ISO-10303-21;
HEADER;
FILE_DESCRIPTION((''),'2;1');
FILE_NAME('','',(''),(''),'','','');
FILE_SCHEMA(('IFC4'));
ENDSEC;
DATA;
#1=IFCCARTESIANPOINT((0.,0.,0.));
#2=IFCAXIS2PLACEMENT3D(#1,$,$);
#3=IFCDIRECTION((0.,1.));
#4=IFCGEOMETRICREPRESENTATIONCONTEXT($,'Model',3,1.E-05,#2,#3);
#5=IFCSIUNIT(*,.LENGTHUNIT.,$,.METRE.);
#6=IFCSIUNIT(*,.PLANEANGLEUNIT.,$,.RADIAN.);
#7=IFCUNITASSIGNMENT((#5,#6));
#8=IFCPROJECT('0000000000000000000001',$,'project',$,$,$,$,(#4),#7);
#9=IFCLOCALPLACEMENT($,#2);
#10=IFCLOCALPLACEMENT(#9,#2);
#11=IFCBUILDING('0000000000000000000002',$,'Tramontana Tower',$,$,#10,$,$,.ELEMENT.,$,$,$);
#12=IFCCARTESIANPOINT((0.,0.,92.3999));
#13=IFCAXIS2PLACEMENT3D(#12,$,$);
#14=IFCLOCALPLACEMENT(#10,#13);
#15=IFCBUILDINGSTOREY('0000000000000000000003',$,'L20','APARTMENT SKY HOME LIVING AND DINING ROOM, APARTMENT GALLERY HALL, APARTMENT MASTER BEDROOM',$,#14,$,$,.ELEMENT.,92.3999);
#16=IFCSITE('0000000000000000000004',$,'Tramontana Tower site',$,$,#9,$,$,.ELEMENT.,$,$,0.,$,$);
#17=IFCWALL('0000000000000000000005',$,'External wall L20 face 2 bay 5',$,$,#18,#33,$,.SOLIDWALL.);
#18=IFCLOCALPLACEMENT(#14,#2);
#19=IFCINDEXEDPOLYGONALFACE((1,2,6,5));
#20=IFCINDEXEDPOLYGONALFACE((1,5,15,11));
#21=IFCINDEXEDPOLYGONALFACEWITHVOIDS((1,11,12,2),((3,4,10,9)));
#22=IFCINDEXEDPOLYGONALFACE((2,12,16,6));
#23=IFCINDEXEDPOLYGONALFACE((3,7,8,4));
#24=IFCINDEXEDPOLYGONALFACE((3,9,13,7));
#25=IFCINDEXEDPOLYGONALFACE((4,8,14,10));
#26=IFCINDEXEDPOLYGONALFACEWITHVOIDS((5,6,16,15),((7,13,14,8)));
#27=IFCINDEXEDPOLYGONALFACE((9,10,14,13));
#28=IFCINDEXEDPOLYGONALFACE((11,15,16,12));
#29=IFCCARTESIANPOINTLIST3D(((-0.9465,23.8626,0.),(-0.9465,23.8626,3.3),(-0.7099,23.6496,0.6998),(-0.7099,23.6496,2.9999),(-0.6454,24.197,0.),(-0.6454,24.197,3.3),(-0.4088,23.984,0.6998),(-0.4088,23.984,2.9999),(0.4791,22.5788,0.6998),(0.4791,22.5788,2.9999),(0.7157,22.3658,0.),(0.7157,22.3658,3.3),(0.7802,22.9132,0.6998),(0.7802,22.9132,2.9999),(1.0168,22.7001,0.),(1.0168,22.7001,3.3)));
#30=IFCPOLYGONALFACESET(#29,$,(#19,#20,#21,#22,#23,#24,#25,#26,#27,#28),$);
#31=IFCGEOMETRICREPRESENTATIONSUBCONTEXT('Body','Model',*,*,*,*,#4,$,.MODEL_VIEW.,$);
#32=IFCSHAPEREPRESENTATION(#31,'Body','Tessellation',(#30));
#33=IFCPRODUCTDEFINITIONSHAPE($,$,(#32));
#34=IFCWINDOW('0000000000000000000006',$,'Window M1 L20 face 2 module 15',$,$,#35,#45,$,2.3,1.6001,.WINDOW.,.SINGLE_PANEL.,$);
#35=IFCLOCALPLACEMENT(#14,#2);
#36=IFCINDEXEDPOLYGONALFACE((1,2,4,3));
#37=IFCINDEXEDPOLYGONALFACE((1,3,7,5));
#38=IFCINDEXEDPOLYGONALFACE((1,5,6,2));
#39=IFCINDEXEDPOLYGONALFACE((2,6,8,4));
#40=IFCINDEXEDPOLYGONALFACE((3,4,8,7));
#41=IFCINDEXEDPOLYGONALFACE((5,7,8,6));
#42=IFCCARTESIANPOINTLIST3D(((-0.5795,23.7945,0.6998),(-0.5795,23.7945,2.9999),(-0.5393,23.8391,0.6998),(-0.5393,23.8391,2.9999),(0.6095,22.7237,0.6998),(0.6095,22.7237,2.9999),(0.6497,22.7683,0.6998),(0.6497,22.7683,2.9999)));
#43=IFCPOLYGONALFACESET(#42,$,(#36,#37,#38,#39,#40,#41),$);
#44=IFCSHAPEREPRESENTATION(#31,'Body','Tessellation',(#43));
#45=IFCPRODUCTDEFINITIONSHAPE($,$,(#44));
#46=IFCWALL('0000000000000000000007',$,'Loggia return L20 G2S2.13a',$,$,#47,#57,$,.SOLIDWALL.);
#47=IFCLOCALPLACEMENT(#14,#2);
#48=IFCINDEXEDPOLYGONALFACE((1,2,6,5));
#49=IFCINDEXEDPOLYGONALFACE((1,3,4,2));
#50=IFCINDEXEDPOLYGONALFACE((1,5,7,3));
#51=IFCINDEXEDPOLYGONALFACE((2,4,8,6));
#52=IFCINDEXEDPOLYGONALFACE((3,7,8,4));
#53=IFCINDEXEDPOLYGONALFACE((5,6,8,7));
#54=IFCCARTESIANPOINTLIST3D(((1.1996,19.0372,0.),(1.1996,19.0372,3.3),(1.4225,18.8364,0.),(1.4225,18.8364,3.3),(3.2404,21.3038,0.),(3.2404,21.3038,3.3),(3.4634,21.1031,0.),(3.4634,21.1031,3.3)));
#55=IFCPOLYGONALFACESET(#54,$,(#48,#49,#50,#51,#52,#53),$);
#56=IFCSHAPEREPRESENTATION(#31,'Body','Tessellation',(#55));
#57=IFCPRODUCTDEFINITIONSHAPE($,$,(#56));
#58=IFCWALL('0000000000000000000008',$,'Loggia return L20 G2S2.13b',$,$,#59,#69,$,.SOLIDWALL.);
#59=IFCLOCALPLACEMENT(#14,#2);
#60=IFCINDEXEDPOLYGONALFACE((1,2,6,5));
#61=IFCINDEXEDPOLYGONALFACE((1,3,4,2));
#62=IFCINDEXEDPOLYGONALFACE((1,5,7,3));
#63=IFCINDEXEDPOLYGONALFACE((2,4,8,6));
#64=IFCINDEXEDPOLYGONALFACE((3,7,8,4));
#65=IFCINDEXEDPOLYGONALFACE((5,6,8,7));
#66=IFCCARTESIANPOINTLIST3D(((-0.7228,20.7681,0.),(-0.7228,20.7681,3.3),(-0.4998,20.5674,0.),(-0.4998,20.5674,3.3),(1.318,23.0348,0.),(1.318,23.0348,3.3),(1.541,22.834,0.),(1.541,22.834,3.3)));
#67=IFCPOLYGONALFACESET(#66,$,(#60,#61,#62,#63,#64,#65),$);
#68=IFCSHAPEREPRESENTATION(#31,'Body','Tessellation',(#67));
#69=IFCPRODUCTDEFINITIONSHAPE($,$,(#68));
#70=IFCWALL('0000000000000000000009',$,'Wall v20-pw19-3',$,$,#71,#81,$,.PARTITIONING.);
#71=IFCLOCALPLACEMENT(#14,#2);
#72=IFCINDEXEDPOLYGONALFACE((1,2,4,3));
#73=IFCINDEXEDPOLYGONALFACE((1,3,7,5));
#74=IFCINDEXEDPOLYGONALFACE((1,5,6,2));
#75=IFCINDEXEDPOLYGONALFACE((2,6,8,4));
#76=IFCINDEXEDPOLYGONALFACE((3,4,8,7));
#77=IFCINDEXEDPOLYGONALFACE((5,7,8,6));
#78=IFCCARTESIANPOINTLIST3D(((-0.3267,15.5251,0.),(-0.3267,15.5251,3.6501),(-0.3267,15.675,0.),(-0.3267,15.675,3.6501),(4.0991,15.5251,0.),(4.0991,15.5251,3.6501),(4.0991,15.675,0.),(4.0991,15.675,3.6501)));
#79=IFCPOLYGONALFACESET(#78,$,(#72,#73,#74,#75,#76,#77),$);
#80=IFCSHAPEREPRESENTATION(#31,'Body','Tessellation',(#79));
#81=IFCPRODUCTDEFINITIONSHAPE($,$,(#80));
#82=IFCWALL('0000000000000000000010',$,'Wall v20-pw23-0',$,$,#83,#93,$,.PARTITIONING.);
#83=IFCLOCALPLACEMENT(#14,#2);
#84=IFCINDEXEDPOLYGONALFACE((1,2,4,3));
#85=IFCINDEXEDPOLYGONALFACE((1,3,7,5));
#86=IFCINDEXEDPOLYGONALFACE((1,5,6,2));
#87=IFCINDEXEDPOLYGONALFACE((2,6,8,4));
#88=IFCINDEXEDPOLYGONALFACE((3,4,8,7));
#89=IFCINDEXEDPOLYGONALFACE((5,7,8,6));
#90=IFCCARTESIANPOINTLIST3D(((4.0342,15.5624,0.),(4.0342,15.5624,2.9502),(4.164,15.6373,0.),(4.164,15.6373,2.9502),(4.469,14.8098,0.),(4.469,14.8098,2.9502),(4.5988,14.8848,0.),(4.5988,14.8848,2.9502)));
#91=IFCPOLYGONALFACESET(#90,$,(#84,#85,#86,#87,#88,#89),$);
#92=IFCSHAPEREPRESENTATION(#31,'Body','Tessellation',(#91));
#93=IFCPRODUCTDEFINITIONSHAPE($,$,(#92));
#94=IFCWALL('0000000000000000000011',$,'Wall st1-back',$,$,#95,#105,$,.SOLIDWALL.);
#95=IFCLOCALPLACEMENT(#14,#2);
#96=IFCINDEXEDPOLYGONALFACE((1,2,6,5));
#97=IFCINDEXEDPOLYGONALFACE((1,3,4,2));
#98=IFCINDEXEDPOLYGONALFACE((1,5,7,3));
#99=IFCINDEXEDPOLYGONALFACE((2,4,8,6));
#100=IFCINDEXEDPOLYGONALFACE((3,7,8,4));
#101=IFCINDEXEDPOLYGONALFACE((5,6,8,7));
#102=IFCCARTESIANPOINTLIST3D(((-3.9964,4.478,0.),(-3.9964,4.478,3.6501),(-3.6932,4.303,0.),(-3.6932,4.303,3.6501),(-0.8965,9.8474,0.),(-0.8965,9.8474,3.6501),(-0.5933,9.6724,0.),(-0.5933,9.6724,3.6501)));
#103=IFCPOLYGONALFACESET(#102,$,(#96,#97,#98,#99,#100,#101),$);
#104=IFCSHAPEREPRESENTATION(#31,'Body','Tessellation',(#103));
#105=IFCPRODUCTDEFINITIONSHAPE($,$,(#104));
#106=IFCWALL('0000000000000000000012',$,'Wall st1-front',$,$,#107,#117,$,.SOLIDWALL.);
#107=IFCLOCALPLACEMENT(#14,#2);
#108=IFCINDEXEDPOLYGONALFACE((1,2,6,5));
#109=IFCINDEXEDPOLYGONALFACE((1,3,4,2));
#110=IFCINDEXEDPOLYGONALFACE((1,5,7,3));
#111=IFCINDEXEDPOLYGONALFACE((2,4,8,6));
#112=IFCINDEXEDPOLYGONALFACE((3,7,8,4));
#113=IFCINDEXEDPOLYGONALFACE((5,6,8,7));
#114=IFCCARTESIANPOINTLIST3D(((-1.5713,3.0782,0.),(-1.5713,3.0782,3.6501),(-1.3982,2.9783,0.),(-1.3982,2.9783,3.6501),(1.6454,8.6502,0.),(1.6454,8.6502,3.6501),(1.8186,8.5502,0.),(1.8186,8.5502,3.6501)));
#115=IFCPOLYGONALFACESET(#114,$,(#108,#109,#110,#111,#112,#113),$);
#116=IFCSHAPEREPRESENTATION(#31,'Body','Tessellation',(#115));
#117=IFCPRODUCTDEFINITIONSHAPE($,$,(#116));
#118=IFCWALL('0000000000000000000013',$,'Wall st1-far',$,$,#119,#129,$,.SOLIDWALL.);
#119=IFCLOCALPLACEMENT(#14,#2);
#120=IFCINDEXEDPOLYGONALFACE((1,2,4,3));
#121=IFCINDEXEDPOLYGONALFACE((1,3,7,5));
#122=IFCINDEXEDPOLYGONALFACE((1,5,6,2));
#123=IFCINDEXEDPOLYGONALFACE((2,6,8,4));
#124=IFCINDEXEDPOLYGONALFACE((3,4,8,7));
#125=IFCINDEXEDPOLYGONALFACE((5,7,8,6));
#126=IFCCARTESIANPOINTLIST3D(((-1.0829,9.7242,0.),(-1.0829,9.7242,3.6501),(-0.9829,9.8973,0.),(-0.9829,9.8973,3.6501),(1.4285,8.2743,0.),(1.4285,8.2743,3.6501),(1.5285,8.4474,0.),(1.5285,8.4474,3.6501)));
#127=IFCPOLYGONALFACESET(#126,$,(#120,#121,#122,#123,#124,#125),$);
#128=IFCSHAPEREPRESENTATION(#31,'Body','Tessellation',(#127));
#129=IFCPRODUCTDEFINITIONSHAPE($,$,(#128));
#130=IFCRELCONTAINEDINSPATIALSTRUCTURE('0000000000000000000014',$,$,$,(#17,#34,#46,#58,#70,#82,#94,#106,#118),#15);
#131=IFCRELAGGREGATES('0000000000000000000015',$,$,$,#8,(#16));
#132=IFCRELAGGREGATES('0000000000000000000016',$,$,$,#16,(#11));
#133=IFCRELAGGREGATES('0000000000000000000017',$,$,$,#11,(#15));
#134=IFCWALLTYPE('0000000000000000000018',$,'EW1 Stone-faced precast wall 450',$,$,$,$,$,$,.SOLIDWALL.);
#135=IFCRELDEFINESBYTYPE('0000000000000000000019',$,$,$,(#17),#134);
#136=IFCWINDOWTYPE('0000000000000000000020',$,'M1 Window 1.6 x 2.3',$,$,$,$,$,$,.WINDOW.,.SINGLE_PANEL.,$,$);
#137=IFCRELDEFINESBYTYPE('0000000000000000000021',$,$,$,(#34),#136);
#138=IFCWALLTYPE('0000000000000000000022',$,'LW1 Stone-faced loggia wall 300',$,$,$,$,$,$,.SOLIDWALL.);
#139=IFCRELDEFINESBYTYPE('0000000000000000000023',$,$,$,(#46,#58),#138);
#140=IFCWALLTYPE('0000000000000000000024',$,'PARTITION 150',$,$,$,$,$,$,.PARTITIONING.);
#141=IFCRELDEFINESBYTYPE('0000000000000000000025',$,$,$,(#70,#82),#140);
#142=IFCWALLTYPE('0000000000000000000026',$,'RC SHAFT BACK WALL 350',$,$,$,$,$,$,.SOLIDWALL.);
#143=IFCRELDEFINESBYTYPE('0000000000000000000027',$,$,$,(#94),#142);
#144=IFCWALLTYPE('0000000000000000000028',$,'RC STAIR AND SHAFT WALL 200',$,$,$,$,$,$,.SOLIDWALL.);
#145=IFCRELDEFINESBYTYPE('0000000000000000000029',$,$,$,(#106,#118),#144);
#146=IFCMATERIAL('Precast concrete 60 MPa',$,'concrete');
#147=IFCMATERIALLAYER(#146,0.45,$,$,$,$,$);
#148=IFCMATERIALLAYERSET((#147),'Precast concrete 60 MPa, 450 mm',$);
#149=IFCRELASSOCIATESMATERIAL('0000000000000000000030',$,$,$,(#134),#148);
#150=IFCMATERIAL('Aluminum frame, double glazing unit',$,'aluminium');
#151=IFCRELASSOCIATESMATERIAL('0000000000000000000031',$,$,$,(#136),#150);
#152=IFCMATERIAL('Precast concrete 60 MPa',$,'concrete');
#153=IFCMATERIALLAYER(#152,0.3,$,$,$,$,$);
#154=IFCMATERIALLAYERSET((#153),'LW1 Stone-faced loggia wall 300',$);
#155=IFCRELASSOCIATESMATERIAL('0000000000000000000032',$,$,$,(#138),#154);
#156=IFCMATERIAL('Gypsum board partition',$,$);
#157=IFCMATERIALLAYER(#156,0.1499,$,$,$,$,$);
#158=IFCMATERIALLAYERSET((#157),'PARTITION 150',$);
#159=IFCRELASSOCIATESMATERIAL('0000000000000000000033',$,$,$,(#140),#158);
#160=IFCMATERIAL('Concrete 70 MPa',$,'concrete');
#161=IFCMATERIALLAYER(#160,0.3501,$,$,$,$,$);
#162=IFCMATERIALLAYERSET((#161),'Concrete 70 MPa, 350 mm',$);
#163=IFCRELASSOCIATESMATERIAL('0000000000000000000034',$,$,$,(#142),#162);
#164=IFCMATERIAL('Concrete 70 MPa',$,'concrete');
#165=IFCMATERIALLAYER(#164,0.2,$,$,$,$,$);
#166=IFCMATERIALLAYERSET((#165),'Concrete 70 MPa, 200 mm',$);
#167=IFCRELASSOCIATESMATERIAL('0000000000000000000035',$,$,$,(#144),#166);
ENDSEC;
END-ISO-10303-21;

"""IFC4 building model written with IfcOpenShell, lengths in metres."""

from ifc_helpers import new_model, si_unit, direction, frame, frame_2d, origin, place, context, subcontext, project, spatial, rectangle, extrude, material, layer, layer_set, type_object, element, fill, save


model = new_model("IFC4")

# Units and contexts
model_context = context("Model", 3, precision=1e-05, world=origin(), true_north=direction((0.0, 1.0)))
body_context = subcontext(model_context, "Body", "Model", "MODEL_VIEW")
ifc_project = project(units=[si_unit("LENGTHUNIT", "METRE"), si_unit("PLANEANGLEUNIT", "RADIAN")], contexts=[model_context])

# Site, building, storey
site_placement = place(None, origin())
site = spatial("IfcSite", under=ifc_project, at=site_placement, Name="Tramontana Tower site", CompositionType="ELEMENT", RefElevation=0.0)
building_placement = place(site_placement, origin())
building = spatial("IfcBuilding", under=site, at=building_placement, Name="Tramontana Tower", CompositionType="ELEMENT")
storey_placement = place(building_placement, frame((0.0, 0.0, 92.3999)))
storey = spatial("IfcBuildingStorey", under=building, at=storey_placement, Name="L20", Description="APARTMENT SKY HOME LIVING AND DINING ROOM, APARTMENT GALLERY HALL, APARTMENT MASTER BEDROOM", CompositionType="ELEMENT", Elevation=92.3999)

# Wall, opening, window
ifc_material_1 = material(Name="Precast concrete 60 MPa", Category="concrete")
ifc_layer_1 = layer(ifc_material_1, 0.45)
ifc_layer_set_1 = layer_set([ifc_layer_1], Name="Precast concrete 60 MPa, 450 mm")
wall_type_1 = type_object("IfcWallType", Name="EW1 Stone-faced precast wall 450", PredefinedType="SOLIDWALL", material=ifc_layer_set_1)
ifc_material_2 = material(Name="Aluminum frame, double glazing unit", Category="aluminium")
window_type = type_object("IfcWindowType", Name="M1 Window 1.6 x 2.3", PartitioningType="SINGLE_PANEL", PredefinedType="WINDOW", material=ifc_material_2)
wall_1_placement = place(storey_placement, frame((0.8662, 22.533, 0.0), z_axis=(0.0, 0.0, 1.0), x_axis=(-0.743088, 0.669194, 0.0)))
wall_1 = element("IfcWall", 1, at=wall_1_placement, inside=storey, type_object=wall_type_1, Name="External wall L20 face 2 bay 5", PredefinedType="SOLIDWALL", context=body_context, shape_type="SweptSolid", body=[
    extrude(rectangle(XDim=2.2368, YDim=0.45, at=frame_2d((1.1184, 0.0))), origin(), (0.0, 0.0, 1.0), 3.3),
])
opening_1_placement = place(wall_1_placement, frame((0.3184, 0.0, 0.7)))
opening_1 = element("IfcOpeningElement", 2, at=opening_1_placement, cuts=wall_1, PredefinedType="OPENING", context=body_context, shape_type="SweptSolid", body=[
    extrude(rectangle(XDim=1.6001, YDim=2.3, at=frame_2d((0.8, 1.1499))), frame((0.0, 0.2349, 0.0), z_axis=(0.0, -1.0, 0.0), x_axis=(1.0, 0.0, 0.0)), (0.0, 0.0, 1.0), 0.47),
])
window_1_placement = place(opening_1_placement, origin())
window_1 = element("IfcWindow", 3, at=window_1_placement, inside=storey, type_object=window_type, Name="Window M1 L20 face 2 module 15", OverallHeight=2.3, OverallWidth=1.6001, PartitioningType="SINGLE_PANEL", PredefinedType="WINDOW", context=body_context, shape_type="SweptSolid", body=[
    extrude(rectangle(XDim=1.6001, YDim=2.3, at=frame_2d((0.8, 1.1499))), frame((0.0, 0.03, 0.0), z_axis=(0.0, -1.0, 0.0), x_axis=(1.0, 0.0, 0.0)), (0.0, 0.0, 1.0), 0.0601),
])
fill(opening_1, window_1)

# Shared definitions
ifc_material_3 = material(Name="Precast concrete 60 MPa", Category="concrete")
ifc_layer_2 = layer(ifc_material_3, 0.3)
ifc_layer_set_2 = layer_set([ifc_layer_2], Name="LW1 Stone-faced loggia wall 300")
wall_type_2 = type_object("IfcWallType", Name="LW1 Stone-faced loggia wall 300", PredefinedType="SOLIDWALL", material=ifc_layer_set_2)

# Walls
for number, where, z_axis, x_axis, name in (
    (4, (3.3518, 21.2034, 0.0), (0.0, 0.0, 1.0), (-0.669115, -0.743159, 0.0), "Loggia return L20 G2S2.13a"),
    (5, (1.4294, 22.9343, 0.0), (0.0, 0.0, 1.0), (-0.669115, -0.743159, 0.0), "Loggia return L20 G2S2.13b"),
):
    element("IfcWall", number, at=place(storey_placement, frame(where, z_axis=z_axis, x_axis=x_axis)), inside=storey, type_object=wall_type_2, Name=name, PredefinedType="SOLIDWALL", context=body_context, shape_type="SweptSolid", body=[
        extrude(rectangle(XDim=3.05, YDim=0.3, at=frame_2d((1.5249, 0.0))), origin(), (0.0, 0.0, 1.0), 3.3),
    ])
ifc_material_4 = material(Name="Gypsum board partition")
ifc_layer_3 = layer(ifc_material_4, 0.1499)
ifc_layer_set_3 = layer_set([ifc_layer_3], Name="PARTITION 150")
wall_type_3 = type_object("IfcWallType", Name="PARTITION 150", PredefinedType="PARTITIONING", material=ifc_layer_set_3)
wall_2_placement = place(storey_placement, frame((-0.3267, 15.6001, 0.0), z_axis=(0.0, 0.0, 1.0), x_axis=(1.0, 0.0, 0.0)))
element("IfcWall", 6, at=wall_2_placement, inside=storey, type_object=wall_type_3, Name="Wall v20-pw19-3", PredefinedType="PARTITIONING", context=body_context, shape_type="SweptSolid", body=[
    extrude(rectangle(XDim=4.4258, YDim=0.1499, at=frame_2d((2.2129, 0.0))), origin(), (0.0, 0.0, 1.0), 3.6501),
])
wall_3_placement = place(storey_placement, frame((4.0991, 15.5999, 0.0), z_axis=(0.0, 0.0, 1.0), x_axis=(0.500217, -0.8659, 0.0)))
element("IfcWall", 7, at=wall_3_placement, inside=storey, type_object=wall_type_3, Name="Wall v20-pw23-0", PredefinedType="PARTITIONING", context=body_context, shape_type="SweptSolid", body=[
    extrude(rectangle(XDim=0.8691, YDim=0.1499, at=frame_2d((0.4346, 0.0))), origin(), (0.0, 0.0, 1.0), 2.9502),
])
ifc_material_5 = material(Name="Concrete 70 MPa", Category="concrete")
ifc_layer_4 = layer(ifc_material_5, 0.3501)
ifc_layer_set_4 = layer_set([ifc_layer_4], Name="Concrete 70 MPa, 350 mm")
wall_type_4 = type_object("IfcWallType", Name="RC SHAFT BACK WALL 350", PredefinedType="SOLIDWALL", material=ifc_layer_set_4)
wall_4_placement = place(storey_placement, frame((-0.7449, 9.76, 0.0), z_axis=(0.0, 0.0, 1.0), x_axis=(-0.49998, -0.866037, 0.0)))
element("IfcWall", 8, at=wall_4_placement, inside=storey, type_object=wall_type_4, Name="Wall st1-back", PredefinedType="SOLIDWALL", context=body_context, shape_type="SweptSolid", body=[
    extrude(rectangle(XDim=6.2, YDim=0.3501, at=frame_2d((3.1001, 0.0))), origin(), (0.0, 0.0, 1.0), 3.6501),
])
ifc_material_6 = material(Name="Concrete 70 MPa", Category="concrete")
ifc_layer_5 = layer(ifc_material_6, 0.2)
ifc_layer_set_5 = layer_set([ifc_layer_5], Name="Concrete 70 MPa, 200 mm")
wall_type_5 = type_object("IfcWallType", Name="RC STAIR AND SHAFT WALL 200", PredefinedType="SOLIDWALL", material=ifc_layer_set_5)
wall_5_placement = place(storey_placement, frame((1.7319, 8.6001, 0.0), z_axis=(0.0, 0.0, 1.0), x_axis=(-0.499975, -0.86604, 0.0)))
element("IfcWall", 9, at=wall_5_placement, inside=storey, type_object=wall_type_5, Name="Wall st1-front", PredefinedType="SOLIDWALL", context=body_context, shape_type="SweptSolid", body=[
    extrude(rectangle(XDim=6.4338, YDim=0.2, at=frame_2d((3.2168, 0.0))), origin(), (0.0, 0.0, 1.0), 3.6501),
])
wall_6_placement = place(storey_placement, frame((1.4785, 8.3608, 0.0), z_axis=(0.0, 0.0, 1.0), x_axis=(-0.866033, 0.499987, 0.0)))
element("IfcWall", 10, at=wall_6_placement, inside=storey, type_object=wall_type_5, Name="Wall st1-far", PredefinedType="SOLIDWALL", context=body_context, shape_type="SweptSolid", body=[
    extrude(rectangle(XDim=2.8999, YDim=0.2, at=frame_2d((1.45, 0.0))), origin(), (0.0, 0.0, 1.0), 3.6501),
])

save(model, "model.ifc")
